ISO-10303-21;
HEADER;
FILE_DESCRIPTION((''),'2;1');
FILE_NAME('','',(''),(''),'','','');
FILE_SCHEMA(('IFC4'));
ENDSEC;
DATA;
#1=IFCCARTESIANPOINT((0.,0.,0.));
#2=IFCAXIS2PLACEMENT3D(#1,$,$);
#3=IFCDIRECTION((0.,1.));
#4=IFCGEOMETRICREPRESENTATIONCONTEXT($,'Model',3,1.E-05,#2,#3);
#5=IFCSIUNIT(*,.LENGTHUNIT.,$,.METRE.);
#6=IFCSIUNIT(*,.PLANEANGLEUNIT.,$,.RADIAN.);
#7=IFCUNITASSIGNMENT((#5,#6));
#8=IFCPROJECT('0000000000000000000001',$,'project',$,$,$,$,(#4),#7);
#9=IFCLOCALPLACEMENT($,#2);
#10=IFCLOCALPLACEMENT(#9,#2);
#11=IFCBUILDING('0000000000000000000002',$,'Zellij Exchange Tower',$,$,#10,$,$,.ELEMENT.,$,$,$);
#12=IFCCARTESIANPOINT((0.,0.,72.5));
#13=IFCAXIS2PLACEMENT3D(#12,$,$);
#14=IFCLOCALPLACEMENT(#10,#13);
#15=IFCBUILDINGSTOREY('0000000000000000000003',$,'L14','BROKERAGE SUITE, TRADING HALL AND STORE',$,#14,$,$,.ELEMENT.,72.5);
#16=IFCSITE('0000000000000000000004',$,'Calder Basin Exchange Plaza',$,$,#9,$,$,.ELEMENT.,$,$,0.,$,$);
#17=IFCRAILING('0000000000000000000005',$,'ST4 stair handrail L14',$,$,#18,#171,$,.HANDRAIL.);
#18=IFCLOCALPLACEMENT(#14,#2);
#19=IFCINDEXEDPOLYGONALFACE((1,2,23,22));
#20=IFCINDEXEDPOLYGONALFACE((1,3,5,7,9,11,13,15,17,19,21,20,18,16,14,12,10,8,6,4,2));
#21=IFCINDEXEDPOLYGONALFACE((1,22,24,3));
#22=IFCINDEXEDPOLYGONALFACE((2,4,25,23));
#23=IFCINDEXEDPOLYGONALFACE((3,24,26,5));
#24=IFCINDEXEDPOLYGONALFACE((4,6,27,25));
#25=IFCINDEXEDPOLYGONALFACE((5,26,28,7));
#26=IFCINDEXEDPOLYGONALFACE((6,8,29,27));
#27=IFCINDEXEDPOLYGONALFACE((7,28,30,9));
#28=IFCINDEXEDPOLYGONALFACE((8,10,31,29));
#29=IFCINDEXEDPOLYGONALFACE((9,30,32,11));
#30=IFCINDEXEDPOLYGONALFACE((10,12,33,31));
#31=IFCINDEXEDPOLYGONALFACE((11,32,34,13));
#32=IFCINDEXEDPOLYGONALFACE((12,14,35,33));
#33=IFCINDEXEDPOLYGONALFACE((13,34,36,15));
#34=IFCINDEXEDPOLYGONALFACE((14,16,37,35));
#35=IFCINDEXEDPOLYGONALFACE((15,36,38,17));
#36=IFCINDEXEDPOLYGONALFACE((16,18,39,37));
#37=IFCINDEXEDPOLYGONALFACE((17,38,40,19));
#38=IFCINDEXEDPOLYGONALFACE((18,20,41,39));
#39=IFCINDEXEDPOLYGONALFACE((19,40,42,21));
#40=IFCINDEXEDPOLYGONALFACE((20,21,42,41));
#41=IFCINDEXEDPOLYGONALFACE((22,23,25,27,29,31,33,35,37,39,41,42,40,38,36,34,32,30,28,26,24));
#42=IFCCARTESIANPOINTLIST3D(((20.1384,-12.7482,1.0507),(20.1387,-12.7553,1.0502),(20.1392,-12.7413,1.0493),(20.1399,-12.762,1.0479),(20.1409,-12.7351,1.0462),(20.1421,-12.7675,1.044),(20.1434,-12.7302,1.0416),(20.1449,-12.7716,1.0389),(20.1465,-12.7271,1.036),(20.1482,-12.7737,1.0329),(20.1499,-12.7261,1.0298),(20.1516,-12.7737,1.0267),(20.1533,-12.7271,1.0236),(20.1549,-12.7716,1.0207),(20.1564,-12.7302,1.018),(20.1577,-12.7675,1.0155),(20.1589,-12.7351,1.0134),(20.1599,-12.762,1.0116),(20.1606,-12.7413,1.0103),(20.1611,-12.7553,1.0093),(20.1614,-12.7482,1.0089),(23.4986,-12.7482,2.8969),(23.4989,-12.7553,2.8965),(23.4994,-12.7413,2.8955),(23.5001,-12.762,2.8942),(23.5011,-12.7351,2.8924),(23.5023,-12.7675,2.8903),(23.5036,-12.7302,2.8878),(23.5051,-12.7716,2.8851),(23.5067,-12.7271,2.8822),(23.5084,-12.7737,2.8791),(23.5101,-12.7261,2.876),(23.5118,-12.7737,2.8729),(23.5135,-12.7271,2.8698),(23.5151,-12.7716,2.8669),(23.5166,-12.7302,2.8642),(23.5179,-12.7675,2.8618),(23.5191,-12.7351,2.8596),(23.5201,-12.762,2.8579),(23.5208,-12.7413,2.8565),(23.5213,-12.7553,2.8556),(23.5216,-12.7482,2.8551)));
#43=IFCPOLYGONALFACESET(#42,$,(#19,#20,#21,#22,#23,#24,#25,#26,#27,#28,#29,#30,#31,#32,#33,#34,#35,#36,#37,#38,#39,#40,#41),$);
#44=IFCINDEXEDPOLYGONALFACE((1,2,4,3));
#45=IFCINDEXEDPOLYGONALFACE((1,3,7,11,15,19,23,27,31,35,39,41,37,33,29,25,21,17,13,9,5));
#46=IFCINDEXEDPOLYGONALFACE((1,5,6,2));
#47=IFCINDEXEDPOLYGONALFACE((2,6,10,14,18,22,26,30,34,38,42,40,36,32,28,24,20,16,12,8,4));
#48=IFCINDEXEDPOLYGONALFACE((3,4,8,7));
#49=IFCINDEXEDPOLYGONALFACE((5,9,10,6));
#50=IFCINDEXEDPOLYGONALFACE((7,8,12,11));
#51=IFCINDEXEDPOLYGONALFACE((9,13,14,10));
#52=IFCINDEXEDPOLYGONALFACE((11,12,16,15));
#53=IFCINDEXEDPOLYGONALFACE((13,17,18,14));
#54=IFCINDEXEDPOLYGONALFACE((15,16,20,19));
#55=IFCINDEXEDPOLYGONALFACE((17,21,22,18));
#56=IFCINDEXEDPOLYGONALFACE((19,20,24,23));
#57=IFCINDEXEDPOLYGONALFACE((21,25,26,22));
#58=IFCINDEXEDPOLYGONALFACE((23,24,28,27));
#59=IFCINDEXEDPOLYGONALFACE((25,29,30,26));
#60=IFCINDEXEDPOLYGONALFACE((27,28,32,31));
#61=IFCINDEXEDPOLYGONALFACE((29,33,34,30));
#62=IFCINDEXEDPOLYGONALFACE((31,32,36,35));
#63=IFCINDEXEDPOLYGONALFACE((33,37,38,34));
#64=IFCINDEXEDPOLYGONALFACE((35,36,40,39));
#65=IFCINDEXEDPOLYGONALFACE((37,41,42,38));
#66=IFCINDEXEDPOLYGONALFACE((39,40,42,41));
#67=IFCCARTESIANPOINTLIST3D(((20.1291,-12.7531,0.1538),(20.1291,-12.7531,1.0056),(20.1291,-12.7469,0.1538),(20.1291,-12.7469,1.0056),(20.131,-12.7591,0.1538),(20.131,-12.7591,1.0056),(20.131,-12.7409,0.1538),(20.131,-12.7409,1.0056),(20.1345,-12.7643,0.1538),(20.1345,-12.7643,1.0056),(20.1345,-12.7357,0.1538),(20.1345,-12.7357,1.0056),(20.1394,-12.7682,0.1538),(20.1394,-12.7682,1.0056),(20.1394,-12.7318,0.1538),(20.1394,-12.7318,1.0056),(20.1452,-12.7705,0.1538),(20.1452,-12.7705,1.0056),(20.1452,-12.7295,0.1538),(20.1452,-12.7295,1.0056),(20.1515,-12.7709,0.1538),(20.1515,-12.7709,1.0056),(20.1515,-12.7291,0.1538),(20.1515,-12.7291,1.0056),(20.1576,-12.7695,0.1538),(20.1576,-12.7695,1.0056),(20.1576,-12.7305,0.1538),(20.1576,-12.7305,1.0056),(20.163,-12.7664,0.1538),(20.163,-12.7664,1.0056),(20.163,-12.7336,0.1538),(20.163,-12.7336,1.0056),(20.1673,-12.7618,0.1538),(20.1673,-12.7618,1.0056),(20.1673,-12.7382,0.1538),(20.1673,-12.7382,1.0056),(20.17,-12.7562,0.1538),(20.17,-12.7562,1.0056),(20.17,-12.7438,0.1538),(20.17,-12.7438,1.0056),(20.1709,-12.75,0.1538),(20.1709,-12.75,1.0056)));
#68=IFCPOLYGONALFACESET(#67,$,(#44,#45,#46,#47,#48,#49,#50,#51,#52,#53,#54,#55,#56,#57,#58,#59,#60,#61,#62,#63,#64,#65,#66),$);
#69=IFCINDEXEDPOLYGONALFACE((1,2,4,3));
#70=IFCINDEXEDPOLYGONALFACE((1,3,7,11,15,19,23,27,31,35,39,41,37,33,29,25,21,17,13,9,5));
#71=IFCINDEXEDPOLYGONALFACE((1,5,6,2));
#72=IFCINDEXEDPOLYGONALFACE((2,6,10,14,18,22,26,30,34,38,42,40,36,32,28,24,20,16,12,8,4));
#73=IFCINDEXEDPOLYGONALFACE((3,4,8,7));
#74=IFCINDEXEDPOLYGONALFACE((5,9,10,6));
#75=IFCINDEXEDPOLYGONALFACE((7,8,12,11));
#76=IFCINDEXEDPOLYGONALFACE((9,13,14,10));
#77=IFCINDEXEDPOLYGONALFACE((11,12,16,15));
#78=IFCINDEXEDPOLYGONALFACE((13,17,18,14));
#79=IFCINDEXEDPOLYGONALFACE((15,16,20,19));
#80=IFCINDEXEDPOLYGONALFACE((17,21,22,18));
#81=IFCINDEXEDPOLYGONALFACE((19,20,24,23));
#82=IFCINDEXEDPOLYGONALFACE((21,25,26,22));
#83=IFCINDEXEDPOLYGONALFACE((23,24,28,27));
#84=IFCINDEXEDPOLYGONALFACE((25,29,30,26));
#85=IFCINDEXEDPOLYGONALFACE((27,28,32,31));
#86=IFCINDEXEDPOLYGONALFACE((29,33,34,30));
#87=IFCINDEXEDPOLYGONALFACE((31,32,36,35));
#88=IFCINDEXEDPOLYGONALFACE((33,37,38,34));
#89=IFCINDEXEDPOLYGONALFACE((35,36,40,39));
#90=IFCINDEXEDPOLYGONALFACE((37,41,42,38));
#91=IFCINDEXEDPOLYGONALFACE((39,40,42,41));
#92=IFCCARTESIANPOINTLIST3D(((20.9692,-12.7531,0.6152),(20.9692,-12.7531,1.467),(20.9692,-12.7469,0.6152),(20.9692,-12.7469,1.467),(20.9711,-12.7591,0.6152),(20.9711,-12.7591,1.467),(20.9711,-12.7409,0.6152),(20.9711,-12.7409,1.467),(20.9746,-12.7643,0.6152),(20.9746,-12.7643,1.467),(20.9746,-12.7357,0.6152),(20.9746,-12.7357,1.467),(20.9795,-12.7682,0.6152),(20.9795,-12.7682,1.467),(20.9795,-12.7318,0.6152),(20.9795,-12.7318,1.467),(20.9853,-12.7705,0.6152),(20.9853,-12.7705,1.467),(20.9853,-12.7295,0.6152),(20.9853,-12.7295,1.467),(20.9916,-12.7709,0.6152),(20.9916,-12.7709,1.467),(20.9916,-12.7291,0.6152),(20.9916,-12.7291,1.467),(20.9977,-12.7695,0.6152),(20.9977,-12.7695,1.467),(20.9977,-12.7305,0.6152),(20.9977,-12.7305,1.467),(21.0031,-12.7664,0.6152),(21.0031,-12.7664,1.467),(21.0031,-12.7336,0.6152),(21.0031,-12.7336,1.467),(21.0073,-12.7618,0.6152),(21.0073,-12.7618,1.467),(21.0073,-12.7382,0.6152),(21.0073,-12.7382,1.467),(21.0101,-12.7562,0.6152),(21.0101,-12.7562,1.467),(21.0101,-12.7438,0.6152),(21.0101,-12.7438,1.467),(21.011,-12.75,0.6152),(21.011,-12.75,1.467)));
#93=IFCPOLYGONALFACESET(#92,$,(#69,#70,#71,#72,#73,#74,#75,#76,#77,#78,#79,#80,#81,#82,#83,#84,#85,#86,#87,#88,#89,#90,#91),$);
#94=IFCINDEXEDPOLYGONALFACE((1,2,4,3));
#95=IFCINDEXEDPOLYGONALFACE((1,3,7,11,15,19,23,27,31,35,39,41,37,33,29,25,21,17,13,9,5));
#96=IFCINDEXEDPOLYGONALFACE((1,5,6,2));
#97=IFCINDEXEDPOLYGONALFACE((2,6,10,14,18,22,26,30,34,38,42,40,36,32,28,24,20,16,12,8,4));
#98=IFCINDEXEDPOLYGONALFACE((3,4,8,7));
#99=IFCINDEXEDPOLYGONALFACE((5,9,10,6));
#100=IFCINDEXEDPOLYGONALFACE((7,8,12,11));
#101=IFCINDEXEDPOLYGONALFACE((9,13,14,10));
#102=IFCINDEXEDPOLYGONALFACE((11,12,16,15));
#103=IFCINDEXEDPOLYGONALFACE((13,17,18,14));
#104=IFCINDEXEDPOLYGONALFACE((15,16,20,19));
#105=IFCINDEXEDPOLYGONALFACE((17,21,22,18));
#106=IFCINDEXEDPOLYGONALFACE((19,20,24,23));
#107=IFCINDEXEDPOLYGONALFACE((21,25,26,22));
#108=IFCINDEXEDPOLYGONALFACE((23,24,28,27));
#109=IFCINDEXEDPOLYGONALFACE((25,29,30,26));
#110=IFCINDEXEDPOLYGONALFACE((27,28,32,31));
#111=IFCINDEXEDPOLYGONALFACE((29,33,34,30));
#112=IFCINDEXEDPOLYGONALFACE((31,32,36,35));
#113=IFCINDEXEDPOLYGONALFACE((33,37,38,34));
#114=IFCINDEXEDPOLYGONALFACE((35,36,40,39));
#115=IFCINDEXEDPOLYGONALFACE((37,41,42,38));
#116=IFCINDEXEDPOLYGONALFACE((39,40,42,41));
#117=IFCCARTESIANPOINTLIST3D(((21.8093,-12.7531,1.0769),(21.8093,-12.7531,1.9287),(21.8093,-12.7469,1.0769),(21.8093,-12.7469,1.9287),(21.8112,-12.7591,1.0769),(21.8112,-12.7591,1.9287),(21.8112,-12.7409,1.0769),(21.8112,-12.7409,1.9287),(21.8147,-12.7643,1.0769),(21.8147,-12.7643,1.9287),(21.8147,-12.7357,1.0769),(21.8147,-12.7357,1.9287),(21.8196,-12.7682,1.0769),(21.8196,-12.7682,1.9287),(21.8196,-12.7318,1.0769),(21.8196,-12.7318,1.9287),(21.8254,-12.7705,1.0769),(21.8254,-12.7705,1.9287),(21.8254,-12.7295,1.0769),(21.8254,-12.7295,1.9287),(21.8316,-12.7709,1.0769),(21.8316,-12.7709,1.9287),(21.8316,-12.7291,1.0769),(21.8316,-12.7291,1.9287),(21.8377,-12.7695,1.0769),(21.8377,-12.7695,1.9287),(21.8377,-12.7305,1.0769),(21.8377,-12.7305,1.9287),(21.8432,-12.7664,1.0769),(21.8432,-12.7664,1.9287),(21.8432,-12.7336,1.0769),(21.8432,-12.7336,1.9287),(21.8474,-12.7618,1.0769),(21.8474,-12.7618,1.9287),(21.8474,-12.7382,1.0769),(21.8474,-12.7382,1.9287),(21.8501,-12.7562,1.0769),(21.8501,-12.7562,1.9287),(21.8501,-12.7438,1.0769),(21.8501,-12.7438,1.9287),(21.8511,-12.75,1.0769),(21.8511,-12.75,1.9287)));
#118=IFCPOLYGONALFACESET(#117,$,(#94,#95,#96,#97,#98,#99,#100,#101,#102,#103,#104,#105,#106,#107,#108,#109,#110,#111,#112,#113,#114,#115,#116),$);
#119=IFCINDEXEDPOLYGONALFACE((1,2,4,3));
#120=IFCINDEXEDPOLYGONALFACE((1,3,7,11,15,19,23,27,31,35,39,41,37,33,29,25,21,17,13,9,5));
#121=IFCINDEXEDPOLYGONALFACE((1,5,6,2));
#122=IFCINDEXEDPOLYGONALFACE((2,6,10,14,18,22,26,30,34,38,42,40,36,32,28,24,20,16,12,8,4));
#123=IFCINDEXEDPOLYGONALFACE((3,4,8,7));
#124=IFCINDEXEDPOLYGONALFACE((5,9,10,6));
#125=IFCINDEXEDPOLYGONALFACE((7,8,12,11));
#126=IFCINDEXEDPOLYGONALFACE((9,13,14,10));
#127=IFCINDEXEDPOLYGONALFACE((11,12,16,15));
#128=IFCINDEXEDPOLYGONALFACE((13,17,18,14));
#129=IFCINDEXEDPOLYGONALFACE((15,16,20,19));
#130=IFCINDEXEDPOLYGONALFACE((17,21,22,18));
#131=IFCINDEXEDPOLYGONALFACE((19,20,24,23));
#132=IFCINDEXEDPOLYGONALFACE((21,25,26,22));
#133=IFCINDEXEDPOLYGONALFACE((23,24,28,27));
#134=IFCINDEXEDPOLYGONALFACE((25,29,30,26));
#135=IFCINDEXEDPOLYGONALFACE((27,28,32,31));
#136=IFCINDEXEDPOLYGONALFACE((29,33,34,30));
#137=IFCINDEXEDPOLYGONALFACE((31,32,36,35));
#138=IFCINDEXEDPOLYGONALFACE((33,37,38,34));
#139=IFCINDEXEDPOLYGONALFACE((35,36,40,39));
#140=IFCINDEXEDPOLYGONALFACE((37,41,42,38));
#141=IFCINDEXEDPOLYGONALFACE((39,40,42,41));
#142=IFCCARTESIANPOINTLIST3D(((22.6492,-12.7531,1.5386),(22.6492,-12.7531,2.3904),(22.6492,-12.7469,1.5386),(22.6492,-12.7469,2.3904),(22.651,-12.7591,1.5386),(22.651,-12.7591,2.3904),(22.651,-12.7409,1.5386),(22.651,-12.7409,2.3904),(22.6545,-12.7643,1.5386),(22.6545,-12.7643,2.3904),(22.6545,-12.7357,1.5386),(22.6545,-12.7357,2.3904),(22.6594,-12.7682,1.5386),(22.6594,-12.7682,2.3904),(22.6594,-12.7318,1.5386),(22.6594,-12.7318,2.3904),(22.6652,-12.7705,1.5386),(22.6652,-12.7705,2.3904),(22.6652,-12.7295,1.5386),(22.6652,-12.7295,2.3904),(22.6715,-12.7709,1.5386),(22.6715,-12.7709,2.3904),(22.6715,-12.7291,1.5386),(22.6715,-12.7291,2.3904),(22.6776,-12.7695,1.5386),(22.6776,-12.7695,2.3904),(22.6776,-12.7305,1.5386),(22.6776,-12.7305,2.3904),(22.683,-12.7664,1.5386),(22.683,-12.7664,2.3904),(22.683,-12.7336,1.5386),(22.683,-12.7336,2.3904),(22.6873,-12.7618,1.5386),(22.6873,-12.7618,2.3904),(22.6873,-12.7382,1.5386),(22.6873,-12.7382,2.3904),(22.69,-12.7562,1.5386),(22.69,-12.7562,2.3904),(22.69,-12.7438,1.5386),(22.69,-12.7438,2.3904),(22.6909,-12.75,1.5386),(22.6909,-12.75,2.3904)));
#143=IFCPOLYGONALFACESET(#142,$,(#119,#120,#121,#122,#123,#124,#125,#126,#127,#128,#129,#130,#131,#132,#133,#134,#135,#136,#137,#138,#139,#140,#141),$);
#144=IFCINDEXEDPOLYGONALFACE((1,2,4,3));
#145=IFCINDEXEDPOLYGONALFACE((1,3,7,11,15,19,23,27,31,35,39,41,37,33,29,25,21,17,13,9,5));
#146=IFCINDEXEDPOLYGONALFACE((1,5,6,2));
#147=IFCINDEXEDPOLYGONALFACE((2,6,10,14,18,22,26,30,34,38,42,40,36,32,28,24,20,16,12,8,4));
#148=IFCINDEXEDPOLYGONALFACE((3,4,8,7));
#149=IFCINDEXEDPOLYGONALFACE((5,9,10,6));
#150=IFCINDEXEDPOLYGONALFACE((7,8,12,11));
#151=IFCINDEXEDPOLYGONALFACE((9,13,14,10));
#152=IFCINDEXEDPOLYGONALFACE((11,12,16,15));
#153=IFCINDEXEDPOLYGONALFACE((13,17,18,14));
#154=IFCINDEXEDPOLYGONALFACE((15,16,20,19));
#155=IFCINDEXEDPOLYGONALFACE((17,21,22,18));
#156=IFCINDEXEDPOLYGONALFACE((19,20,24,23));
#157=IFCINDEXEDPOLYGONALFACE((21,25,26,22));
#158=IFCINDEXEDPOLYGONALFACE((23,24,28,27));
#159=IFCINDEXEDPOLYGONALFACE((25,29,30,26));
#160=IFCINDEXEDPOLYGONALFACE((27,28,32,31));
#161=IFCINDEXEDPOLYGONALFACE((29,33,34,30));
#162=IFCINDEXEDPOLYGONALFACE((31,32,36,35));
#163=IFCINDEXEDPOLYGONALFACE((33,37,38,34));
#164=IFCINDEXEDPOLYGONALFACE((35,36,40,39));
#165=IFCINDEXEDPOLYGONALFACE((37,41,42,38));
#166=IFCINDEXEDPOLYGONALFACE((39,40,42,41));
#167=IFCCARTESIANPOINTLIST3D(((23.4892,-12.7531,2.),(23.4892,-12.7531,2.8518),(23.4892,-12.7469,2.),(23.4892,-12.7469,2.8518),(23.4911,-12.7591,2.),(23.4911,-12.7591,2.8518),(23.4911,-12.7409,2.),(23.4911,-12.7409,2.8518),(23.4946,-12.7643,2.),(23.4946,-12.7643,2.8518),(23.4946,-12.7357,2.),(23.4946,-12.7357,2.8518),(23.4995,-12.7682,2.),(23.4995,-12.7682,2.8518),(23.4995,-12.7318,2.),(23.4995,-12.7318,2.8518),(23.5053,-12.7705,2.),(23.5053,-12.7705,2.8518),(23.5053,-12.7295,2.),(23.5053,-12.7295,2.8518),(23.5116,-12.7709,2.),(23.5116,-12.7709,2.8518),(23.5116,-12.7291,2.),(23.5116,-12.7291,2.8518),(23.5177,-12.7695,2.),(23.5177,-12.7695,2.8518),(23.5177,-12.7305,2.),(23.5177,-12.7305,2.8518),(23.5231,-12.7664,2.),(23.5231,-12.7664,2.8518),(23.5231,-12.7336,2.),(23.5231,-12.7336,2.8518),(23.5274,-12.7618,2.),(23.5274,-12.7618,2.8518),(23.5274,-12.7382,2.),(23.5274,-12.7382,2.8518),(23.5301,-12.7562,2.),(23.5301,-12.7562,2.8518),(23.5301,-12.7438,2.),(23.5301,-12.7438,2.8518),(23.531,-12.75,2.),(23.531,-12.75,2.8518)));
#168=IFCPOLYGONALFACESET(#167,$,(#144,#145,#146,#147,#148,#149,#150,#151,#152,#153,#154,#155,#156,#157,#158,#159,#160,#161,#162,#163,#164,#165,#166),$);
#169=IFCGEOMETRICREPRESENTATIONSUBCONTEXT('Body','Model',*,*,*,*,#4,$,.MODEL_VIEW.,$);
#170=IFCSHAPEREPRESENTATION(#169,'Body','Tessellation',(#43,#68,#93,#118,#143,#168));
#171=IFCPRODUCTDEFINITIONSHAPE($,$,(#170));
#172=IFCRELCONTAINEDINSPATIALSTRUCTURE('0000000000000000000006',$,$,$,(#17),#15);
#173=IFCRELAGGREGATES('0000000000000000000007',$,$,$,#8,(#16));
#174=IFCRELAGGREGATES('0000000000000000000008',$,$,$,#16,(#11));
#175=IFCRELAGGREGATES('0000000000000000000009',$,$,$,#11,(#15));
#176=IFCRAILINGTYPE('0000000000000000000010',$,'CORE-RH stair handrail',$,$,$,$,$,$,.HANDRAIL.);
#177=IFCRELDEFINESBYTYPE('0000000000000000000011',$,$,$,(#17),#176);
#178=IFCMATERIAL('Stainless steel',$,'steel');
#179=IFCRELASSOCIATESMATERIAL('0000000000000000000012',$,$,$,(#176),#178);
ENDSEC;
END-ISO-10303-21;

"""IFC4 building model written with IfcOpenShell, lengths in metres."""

from ifc_helpers import new_model, si_unit, direction, frame, origin, origin_2d, place, context, subcontext, project, spatial, circle, extrude, material, type_object, element, save


model = new_model("IFC4")

# Units and contexts
model_context = context("Model", 3, precision=1e-05, world=origin(), true_north=direction((0.0, 1.0)))
body_context = subcontext(model_context, "Body", "Model", "MODEL_VIEW")
ifc_project = project(units=[si_unit("LENGTHUNIT", "METRE"), si_unit("PLANEANGLEUNIT", "RADIAN")], contexts=[model_context])

# Site, building, storey
site_placement = place(None, origin())
site = spatial("IfcSite", under=ifc_project, at=site_placement, Name="Calder Basin Exchange Plaza", CompositionType="ELEMENT", RefElevation=0.0)
building_placement = place(site_placement, origin())
building = spatial("IfcBuilding", under=site, at=building_placement, Name="Zellij Exchange Tower", CompositionType="ELEMENT")
storey_placement = place(building_placement, frame((0.0, 0.0, 72.5)))
storey = spatial("IfcBuildingStorey", under=building, at=storey_placement, Name="L14", Description="BROKERAGE SUITE, TRADING HALL AND STORE", CompositionType="ELEMENT", Elevation=72.5)

# Railing
ifc_material_1 = material(Name="Stainless steel", Category="steel")
railing_type_1 = type_object("IfcRailingType", Name="CORE-RH stair handrail", PredefinedType="HANDRAIL", material=ifc_material_1)
for number, where, name in (
    (1, (20.1499, -12.75, 0.1538), "ST4 stair handrail L14"),
):
    element("IfcRailing", number, at=place(storey_placement, frame(where)), inside=storey, type_object=railing_type_1, Name=name, PredefinedType="HANDRAIL", context=body_context, shape_type="SweptSolid", body=[
        extrude(circle(Radius=0.0239, at=origin_2d()), frame((0.0, 0.0, 0.876), z_axis=(0.876422, 0.0, 0.481545), x_axis=(0.0, 1.0, 0.0)), (0.0, 0.0, 1.0), 3.834),
        extrude(circle(Radius=0.021, at=origin_2d()), origin(), (0.0, 0.0, 1.0), 0.8518),
        extrude(circle(Radius=0.021, at=origin_2d()), frame((0.8401, 0.0, 0.4614)), (0.0, 0.0, 1.0), 0.8518),
        extrude(circle(Radius=0.021, at=origin_2d()), frame((1.6802, 0.0, 0.9231)), (0.0, 0.0, 1.0), 0.8518),
        extrude(circle(Radius=0.021, at=origin_2d()), frame((2.52, 0.0, 1.3848)), (0.0, 0.0, 1.0), 0.8518),
        extrude(circle(Radius=0.021, at=origin_2d()), frame((3.3601, 0.0, 1.8462)), (0.0, 0.0, 1.0), 0.8518),
    ])

save(model, "model.ifc")
